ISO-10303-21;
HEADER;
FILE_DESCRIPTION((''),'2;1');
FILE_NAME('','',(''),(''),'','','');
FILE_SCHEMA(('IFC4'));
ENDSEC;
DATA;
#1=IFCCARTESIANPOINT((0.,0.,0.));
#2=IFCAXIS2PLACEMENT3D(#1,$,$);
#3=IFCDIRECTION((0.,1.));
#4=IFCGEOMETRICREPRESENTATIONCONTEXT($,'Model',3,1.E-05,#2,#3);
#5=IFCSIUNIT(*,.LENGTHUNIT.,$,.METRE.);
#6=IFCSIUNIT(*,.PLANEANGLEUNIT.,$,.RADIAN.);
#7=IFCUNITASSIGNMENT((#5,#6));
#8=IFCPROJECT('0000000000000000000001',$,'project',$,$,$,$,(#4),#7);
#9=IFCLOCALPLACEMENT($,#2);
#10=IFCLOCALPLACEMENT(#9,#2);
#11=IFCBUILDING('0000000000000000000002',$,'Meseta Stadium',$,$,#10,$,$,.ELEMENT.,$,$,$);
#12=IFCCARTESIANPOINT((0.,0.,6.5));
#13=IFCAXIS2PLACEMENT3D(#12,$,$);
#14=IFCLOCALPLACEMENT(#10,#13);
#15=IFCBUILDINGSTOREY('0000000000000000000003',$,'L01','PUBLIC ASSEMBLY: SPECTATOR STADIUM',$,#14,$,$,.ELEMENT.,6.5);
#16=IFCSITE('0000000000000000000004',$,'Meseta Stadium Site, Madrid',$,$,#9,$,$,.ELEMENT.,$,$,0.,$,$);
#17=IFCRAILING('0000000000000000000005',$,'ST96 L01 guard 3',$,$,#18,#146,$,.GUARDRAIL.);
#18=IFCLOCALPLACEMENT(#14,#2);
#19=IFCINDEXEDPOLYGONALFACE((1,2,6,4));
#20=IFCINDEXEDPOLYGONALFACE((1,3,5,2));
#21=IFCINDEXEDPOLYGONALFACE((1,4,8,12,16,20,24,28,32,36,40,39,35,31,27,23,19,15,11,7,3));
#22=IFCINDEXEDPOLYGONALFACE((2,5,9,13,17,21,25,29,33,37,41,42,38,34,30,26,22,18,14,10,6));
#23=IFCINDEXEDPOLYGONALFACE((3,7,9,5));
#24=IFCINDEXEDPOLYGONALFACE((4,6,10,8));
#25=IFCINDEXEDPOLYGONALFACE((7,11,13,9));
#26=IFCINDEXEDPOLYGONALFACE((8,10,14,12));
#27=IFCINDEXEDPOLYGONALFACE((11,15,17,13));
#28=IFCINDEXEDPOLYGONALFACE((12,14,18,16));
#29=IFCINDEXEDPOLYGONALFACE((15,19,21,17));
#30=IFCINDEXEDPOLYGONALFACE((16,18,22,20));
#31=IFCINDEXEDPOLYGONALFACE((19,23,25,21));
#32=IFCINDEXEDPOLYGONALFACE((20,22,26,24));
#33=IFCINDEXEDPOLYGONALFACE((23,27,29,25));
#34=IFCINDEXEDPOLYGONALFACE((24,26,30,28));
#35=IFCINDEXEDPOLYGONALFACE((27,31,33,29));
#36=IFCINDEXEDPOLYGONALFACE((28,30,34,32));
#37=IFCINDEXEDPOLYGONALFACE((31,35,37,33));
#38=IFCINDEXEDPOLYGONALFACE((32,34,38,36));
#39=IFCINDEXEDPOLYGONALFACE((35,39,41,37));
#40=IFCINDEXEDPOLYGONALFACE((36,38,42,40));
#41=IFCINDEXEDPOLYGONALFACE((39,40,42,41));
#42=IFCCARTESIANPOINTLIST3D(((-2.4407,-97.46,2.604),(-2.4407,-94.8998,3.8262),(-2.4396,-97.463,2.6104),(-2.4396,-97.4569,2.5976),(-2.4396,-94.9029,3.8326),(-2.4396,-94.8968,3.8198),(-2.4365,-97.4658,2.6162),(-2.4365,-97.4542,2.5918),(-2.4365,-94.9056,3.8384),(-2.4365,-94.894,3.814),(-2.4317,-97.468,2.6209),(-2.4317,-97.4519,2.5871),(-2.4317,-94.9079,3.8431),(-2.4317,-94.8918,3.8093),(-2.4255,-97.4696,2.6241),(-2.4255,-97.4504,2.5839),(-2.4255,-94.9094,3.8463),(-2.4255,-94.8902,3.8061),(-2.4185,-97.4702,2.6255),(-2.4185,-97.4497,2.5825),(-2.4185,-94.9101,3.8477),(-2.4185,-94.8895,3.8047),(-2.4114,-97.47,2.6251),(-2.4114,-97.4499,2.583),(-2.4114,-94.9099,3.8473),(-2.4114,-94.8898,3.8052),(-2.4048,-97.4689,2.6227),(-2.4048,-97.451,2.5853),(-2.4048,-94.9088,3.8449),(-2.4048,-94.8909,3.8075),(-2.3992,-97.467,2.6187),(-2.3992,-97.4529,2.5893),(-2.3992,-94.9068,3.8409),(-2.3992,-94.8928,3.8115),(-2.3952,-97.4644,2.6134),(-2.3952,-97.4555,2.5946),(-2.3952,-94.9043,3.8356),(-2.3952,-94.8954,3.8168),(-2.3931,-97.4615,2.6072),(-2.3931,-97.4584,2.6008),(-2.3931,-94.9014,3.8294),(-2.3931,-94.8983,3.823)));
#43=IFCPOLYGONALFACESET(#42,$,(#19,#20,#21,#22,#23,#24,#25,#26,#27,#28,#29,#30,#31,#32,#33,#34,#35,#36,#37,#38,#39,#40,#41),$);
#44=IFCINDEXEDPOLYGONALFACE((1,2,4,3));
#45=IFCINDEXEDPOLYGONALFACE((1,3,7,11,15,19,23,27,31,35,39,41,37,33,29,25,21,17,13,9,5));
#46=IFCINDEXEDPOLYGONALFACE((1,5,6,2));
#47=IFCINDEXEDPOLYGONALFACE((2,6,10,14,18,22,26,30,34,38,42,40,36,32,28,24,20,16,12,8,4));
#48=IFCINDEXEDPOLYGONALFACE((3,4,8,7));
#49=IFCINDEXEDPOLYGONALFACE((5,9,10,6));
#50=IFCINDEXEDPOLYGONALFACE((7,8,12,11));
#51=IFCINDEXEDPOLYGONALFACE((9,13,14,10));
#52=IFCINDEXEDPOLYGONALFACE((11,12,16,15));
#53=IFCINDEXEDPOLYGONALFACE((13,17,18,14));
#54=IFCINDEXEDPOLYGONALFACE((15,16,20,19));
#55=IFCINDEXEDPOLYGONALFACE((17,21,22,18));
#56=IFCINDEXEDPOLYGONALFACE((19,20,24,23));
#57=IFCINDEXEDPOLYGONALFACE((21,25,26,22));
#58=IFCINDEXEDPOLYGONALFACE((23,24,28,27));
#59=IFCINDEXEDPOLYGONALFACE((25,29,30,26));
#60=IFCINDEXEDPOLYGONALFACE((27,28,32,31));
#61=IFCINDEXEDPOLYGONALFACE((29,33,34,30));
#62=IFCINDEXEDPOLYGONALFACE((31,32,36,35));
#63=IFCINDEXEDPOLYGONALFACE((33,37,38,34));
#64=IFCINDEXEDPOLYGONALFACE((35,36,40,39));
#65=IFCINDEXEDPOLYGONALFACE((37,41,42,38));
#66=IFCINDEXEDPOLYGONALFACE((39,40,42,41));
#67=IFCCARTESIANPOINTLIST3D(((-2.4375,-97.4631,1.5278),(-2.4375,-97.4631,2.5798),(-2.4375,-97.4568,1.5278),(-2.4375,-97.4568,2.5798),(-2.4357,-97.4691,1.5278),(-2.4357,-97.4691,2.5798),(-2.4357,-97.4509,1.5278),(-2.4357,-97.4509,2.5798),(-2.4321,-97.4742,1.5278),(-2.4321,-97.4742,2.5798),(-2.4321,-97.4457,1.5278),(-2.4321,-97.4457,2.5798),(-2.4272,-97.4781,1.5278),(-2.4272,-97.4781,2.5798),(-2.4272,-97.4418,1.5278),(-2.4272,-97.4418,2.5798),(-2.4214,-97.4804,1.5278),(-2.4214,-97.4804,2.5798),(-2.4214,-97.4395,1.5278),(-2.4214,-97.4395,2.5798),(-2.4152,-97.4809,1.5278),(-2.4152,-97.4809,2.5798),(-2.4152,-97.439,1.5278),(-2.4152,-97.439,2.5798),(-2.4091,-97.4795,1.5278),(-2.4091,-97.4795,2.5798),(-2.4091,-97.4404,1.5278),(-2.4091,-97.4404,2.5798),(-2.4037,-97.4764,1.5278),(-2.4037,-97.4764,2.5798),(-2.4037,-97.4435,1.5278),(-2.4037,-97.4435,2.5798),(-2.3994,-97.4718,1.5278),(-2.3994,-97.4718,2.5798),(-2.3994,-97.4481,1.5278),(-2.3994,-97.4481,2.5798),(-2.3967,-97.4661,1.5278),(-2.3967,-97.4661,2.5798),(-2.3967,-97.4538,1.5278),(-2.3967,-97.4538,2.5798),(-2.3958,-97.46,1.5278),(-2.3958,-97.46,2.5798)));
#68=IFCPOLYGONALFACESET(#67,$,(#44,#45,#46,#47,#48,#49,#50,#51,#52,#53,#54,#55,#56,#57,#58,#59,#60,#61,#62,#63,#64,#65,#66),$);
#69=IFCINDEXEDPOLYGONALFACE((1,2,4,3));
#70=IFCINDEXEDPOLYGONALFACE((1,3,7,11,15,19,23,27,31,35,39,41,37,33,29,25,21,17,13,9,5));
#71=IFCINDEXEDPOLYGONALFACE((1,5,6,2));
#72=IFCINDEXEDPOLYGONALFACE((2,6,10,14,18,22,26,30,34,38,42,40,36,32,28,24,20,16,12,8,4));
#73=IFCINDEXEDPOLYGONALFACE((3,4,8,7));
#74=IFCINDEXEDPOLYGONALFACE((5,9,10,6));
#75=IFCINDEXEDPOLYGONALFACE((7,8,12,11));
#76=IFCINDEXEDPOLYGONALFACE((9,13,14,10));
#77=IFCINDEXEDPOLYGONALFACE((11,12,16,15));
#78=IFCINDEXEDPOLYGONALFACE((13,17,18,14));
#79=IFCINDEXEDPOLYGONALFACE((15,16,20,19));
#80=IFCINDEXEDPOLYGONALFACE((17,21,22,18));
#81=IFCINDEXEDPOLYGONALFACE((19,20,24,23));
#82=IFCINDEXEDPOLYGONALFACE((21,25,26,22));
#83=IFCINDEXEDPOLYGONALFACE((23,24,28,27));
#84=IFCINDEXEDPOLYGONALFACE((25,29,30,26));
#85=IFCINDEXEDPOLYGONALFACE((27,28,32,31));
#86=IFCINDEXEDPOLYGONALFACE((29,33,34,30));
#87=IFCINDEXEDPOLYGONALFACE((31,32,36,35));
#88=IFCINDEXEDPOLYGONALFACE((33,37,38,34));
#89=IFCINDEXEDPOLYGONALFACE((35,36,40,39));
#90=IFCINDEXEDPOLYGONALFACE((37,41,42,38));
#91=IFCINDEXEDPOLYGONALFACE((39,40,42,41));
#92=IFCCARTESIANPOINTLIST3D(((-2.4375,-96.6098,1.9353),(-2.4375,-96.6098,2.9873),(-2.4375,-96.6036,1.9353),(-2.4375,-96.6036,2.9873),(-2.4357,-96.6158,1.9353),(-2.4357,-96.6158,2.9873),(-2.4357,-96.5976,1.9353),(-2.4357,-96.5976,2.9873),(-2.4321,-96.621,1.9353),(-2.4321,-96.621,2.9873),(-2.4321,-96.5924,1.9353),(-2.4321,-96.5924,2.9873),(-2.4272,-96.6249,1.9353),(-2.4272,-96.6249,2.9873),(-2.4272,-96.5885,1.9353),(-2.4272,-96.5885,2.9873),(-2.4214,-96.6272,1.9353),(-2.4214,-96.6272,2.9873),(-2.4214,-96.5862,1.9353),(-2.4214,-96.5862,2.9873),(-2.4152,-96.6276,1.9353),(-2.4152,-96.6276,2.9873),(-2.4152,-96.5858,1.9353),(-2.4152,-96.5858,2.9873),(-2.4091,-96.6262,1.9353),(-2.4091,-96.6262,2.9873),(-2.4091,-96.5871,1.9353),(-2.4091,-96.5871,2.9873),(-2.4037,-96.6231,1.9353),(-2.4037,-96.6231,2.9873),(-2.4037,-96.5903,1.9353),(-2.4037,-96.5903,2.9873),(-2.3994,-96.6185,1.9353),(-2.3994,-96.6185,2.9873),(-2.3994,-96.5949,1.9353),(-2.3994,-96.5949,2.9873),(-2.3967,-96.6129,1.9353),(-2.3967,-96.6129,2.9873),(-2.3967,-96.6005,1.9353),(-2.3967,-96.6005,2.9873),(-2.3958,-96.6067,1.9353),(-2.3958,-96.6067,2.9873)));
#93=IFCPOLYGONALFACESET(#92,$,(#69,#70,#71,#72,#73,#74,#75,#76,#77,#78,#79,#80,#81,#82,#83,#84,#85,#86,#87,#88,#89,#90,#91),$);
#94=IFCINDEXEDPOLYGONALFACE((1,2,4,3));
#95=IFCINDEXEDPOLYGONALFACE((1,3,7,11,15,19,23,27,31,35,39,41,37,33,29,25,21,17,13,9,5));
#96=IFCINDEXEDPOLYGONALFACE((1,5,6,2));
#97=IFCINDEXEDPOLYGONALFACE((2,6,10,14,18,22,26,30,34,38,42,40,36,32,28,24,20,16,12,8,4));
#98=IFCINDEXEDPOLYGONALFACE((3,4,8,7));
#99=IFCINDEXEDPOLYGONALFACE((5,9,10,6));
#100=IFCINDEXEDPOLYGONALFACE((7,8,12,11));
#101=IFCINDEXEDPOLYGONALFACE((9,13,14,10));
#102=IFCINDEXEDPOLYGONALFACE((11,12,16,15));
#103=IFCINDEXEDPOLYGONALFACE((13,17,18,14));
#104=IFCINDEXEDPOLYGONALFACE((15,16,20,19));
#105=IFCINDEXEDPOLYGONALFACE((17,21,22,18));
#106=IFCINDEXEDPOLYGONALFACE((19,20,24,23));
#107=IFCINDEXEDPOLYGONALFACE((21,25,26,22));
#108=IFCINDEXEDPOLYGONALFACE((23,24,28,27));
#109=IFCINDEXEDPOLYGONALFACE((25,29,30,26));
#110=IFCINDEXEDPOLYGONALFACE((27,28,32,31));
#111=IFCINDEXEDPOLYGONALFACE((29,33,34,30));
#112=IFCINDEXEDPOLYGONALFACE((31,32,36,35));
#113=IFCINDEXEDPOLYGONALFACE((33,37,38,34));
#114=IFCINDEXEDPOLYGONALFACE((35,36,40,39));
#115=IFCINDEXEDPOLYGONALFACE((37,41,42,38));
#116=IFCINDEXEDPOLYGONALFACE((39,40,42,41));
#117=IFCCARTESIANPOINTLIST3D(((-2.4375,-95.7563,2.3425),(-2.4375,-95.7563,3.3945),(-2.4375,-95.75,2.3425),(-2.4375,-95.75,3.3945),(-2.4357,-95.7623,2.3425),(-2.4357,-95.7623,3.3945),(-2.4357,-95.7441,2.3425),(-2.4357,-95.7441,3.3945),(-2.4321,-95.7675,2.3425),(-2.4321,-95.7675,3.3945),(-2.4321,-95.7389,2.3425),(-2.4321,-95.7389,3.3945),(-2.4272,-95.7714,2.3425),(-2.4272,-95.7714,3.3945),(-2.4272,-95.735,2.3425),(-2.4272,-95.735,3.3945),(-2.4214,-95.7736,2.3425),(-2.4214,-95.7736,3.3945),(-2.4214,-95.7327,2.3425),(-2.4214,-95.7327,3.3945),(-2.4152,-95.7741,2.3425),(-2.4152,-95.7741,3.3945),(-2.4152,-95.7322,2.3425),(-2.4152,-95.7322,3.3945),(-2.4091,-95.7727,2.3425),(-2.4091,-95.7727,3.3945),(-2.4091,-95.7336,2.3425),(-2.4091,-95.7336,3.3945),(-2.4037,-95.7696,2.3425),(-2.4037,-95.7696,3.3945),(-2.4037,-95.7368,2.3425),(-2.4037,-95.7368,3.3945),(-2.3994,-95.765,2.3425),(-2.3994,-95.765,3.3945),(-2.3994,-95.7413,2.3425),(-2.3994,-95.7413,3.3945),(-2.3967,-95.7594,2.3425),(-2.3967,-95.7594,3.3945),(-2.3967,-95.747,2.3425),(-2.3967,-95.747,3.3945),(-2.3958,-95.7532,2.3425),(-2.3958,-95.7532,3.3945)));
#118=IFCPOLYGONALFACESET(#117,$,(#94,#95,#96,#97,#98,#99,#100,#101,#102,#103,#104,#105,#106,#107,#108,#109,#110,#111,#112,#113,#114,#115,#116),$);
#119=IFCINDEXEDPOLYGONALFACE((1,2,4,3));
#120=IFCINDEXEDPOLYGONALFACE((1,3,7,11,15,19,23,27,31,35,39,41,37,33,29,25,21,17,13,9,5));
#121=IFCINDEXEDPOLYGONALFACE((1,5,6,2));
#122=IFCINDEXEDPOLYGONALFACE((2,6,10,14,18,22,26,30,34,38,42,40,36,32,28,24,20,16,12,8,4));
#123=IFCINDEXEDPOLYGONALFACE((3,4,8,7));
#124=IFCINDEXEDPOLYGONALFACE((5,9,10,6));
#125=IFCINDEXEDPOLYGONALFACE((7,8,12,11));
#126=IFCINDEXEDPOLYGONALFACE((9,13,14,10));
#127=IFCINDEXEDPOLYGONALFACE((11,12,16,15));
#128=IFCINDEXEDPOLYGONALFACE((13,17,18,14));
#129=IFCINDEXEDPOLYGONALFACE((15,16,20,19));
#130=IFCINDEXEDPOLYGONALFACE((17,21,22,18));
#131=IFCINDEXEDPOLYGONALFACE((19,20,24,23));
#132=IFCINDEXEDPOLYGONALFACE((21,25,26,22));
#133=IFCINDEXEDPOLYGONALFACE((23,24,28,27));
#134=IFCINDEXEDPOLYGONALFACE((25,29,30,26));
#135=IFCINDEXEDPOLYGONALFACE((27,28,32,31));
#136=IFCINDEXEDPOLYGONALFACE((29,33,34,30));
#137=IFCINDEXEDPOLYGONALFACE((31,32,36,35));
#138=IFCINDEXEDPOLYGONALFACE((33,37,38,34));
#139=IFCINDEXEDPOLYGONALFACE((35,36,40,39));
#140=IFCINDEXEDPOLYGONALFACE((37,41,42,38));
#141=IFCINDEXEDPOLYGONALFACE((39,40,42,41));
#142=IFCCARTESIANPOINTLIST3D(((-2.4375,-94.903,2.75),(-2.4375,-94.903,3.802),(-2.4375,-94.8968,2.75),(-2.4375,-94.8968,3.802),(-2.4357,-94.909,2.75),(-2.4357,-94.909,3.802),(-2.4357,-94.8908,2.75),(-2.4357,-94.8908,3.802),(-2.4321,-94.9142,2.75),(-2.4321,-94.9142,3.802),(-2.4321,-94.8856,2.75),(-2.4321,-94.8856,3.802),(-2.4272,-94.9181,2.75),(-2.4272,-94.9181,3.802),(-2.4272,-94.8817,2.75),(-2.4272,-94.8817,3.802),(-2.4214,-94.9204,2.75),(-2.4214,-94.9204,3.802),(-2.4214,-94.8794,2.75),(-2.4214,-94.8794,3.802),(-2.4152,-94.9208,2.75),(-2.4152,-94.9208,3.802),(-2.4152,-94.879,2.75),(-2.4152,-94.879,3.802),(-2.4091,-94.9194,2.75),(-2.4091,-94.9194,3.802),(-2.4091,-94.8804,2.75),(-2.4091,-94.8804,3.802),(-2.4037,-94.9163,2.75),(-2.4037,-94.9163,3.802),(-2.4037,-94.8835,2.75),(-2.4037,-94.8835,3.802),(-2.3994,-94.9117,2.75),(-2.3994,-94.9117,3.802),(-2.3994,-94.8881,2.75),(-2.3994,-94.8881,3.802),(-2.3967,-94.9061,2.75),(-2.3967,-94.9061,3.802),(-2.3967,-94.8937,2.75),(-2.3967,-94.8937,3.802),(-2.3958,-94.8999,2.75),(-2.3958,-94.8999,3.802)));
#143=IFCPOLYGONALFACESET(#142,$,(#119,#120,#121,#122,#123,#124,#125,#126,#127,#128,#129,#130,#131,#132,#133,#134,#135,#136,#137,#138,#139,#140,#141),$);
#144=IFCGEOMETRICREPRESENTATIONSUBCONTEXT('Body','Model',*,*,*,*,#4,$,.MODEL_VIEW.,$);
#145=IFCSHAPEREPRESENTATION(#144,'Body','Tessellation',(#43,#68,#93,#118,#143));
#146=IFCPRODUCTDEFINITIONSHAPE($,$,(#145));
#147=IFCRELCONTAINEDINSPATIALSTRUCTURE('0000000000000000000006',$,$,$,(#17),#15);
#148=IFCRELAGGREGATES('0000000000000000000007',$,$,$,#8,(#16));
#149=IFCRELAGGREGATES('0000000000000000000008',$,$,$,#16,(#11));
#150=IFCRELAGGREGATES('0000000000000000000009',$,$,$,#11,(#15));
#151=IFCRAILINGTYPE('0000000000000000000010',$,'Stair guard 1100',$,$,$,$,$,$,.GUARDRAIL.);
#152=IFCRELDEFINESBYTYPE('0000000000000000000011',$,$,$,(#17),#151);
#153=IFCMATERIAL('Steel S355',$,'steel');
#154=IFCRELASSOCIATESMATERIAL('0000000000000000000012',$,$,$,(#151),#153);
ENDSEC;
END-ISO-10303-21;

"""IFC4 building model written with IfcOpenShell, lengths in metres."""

from ifc_helpers import new_model, si_unit, direction, frame, origin, origin_2d, place, context, subcontext, project, spatial, circle, extrude, material, type_object, element, save


model = new_model("IFC4")

# Units and contexts
model_context = context("Model", 3, precision=1e-05, world=origin(), true_north=direction((0.0, 1.0)))
body_context = subcontext(model_context, "Body", "Model", "MODEL_VIEW")
ifc_project = project(units=[si_unit("LENGTHUNIT", "METRE"), si_unit("PLANEANGLEUNIT", "RADIAN")], contexts=[model_context])

# Site, building, storey
site_placement = place(None, origin())
site = spatial("IfcSite", under=ifc_project, at=site_placement, Name="Meseta Stadium Site, Madrid", CompositionType="ELEMENT", RefElevation=0.0)
building_placement = place(site_placement, origin())
building = spatial("IfcBuilding", under=site, at=building_placement, Name="Meseta Stadium", CompositionType="ELEMENT")
storey_placement = place(building_placement, frame((0.0, 0.0, 6.5)))
storey = spatial("IfcBuildingStorey", under=building, at=storey_placement, Name="L01", Description="PUBLIC ASSEMBLY: SPECTATOR STADIUM", CompositionType="ELEMENT", Elevation=6.5)

# Railing
ifc_material_1 = material(Name="Steel S355", Category="steel")
railing_type_1 = type_object("IfcRailingType", Name="Stair guard 1100", PredefinedType="GUARDRAIL", material=ifc_material_1)
railing_1_placement = place(storey_placement, frame((-2.4167, -97.46, 1.5278)))
element("IfcRailing", 1, at=railing_1_placement, inside=storey, type_object=railing_type_1, Name="ST96 L01 guard 3", PredefinedType="GUARDRAIL", context=body_context, shape_type="SweptSolid", body=[
    extrude(circle(Radius=0.0239, at=origin_2d()), frame((0.0, 0.0, 1.0762), z_axis=(0.0, 0.902437, 0.430822), x_axis=(-1.0, 0.0, 0.0)), (0.0, 0.0, 1.0), 2.8369),
    extrude(circle(Radius=0.021, at=origin_2d()), origin(), (0.0, 0.0, 1.0), 1.052),
    extrude(circle(Radius=0.021, at=origin_2d()), frame((0.0, 0.8533, 0.4075)), (0.0, 0.0, 1.0), 1.052),
    extrude(circle(Radius=0.021, at=origin_2d()), frame((0.0, 1.7068, 0.8147)), (0.0, 0.0, 1.0), 1.052),
    extrude(circle(Radius=0.021, at=origin_2d()), frame((0.0, 2.5601, 1.2222)), (0.0, 0.0, 1.0), 1.052),
])

save(model, "model.ifc")
